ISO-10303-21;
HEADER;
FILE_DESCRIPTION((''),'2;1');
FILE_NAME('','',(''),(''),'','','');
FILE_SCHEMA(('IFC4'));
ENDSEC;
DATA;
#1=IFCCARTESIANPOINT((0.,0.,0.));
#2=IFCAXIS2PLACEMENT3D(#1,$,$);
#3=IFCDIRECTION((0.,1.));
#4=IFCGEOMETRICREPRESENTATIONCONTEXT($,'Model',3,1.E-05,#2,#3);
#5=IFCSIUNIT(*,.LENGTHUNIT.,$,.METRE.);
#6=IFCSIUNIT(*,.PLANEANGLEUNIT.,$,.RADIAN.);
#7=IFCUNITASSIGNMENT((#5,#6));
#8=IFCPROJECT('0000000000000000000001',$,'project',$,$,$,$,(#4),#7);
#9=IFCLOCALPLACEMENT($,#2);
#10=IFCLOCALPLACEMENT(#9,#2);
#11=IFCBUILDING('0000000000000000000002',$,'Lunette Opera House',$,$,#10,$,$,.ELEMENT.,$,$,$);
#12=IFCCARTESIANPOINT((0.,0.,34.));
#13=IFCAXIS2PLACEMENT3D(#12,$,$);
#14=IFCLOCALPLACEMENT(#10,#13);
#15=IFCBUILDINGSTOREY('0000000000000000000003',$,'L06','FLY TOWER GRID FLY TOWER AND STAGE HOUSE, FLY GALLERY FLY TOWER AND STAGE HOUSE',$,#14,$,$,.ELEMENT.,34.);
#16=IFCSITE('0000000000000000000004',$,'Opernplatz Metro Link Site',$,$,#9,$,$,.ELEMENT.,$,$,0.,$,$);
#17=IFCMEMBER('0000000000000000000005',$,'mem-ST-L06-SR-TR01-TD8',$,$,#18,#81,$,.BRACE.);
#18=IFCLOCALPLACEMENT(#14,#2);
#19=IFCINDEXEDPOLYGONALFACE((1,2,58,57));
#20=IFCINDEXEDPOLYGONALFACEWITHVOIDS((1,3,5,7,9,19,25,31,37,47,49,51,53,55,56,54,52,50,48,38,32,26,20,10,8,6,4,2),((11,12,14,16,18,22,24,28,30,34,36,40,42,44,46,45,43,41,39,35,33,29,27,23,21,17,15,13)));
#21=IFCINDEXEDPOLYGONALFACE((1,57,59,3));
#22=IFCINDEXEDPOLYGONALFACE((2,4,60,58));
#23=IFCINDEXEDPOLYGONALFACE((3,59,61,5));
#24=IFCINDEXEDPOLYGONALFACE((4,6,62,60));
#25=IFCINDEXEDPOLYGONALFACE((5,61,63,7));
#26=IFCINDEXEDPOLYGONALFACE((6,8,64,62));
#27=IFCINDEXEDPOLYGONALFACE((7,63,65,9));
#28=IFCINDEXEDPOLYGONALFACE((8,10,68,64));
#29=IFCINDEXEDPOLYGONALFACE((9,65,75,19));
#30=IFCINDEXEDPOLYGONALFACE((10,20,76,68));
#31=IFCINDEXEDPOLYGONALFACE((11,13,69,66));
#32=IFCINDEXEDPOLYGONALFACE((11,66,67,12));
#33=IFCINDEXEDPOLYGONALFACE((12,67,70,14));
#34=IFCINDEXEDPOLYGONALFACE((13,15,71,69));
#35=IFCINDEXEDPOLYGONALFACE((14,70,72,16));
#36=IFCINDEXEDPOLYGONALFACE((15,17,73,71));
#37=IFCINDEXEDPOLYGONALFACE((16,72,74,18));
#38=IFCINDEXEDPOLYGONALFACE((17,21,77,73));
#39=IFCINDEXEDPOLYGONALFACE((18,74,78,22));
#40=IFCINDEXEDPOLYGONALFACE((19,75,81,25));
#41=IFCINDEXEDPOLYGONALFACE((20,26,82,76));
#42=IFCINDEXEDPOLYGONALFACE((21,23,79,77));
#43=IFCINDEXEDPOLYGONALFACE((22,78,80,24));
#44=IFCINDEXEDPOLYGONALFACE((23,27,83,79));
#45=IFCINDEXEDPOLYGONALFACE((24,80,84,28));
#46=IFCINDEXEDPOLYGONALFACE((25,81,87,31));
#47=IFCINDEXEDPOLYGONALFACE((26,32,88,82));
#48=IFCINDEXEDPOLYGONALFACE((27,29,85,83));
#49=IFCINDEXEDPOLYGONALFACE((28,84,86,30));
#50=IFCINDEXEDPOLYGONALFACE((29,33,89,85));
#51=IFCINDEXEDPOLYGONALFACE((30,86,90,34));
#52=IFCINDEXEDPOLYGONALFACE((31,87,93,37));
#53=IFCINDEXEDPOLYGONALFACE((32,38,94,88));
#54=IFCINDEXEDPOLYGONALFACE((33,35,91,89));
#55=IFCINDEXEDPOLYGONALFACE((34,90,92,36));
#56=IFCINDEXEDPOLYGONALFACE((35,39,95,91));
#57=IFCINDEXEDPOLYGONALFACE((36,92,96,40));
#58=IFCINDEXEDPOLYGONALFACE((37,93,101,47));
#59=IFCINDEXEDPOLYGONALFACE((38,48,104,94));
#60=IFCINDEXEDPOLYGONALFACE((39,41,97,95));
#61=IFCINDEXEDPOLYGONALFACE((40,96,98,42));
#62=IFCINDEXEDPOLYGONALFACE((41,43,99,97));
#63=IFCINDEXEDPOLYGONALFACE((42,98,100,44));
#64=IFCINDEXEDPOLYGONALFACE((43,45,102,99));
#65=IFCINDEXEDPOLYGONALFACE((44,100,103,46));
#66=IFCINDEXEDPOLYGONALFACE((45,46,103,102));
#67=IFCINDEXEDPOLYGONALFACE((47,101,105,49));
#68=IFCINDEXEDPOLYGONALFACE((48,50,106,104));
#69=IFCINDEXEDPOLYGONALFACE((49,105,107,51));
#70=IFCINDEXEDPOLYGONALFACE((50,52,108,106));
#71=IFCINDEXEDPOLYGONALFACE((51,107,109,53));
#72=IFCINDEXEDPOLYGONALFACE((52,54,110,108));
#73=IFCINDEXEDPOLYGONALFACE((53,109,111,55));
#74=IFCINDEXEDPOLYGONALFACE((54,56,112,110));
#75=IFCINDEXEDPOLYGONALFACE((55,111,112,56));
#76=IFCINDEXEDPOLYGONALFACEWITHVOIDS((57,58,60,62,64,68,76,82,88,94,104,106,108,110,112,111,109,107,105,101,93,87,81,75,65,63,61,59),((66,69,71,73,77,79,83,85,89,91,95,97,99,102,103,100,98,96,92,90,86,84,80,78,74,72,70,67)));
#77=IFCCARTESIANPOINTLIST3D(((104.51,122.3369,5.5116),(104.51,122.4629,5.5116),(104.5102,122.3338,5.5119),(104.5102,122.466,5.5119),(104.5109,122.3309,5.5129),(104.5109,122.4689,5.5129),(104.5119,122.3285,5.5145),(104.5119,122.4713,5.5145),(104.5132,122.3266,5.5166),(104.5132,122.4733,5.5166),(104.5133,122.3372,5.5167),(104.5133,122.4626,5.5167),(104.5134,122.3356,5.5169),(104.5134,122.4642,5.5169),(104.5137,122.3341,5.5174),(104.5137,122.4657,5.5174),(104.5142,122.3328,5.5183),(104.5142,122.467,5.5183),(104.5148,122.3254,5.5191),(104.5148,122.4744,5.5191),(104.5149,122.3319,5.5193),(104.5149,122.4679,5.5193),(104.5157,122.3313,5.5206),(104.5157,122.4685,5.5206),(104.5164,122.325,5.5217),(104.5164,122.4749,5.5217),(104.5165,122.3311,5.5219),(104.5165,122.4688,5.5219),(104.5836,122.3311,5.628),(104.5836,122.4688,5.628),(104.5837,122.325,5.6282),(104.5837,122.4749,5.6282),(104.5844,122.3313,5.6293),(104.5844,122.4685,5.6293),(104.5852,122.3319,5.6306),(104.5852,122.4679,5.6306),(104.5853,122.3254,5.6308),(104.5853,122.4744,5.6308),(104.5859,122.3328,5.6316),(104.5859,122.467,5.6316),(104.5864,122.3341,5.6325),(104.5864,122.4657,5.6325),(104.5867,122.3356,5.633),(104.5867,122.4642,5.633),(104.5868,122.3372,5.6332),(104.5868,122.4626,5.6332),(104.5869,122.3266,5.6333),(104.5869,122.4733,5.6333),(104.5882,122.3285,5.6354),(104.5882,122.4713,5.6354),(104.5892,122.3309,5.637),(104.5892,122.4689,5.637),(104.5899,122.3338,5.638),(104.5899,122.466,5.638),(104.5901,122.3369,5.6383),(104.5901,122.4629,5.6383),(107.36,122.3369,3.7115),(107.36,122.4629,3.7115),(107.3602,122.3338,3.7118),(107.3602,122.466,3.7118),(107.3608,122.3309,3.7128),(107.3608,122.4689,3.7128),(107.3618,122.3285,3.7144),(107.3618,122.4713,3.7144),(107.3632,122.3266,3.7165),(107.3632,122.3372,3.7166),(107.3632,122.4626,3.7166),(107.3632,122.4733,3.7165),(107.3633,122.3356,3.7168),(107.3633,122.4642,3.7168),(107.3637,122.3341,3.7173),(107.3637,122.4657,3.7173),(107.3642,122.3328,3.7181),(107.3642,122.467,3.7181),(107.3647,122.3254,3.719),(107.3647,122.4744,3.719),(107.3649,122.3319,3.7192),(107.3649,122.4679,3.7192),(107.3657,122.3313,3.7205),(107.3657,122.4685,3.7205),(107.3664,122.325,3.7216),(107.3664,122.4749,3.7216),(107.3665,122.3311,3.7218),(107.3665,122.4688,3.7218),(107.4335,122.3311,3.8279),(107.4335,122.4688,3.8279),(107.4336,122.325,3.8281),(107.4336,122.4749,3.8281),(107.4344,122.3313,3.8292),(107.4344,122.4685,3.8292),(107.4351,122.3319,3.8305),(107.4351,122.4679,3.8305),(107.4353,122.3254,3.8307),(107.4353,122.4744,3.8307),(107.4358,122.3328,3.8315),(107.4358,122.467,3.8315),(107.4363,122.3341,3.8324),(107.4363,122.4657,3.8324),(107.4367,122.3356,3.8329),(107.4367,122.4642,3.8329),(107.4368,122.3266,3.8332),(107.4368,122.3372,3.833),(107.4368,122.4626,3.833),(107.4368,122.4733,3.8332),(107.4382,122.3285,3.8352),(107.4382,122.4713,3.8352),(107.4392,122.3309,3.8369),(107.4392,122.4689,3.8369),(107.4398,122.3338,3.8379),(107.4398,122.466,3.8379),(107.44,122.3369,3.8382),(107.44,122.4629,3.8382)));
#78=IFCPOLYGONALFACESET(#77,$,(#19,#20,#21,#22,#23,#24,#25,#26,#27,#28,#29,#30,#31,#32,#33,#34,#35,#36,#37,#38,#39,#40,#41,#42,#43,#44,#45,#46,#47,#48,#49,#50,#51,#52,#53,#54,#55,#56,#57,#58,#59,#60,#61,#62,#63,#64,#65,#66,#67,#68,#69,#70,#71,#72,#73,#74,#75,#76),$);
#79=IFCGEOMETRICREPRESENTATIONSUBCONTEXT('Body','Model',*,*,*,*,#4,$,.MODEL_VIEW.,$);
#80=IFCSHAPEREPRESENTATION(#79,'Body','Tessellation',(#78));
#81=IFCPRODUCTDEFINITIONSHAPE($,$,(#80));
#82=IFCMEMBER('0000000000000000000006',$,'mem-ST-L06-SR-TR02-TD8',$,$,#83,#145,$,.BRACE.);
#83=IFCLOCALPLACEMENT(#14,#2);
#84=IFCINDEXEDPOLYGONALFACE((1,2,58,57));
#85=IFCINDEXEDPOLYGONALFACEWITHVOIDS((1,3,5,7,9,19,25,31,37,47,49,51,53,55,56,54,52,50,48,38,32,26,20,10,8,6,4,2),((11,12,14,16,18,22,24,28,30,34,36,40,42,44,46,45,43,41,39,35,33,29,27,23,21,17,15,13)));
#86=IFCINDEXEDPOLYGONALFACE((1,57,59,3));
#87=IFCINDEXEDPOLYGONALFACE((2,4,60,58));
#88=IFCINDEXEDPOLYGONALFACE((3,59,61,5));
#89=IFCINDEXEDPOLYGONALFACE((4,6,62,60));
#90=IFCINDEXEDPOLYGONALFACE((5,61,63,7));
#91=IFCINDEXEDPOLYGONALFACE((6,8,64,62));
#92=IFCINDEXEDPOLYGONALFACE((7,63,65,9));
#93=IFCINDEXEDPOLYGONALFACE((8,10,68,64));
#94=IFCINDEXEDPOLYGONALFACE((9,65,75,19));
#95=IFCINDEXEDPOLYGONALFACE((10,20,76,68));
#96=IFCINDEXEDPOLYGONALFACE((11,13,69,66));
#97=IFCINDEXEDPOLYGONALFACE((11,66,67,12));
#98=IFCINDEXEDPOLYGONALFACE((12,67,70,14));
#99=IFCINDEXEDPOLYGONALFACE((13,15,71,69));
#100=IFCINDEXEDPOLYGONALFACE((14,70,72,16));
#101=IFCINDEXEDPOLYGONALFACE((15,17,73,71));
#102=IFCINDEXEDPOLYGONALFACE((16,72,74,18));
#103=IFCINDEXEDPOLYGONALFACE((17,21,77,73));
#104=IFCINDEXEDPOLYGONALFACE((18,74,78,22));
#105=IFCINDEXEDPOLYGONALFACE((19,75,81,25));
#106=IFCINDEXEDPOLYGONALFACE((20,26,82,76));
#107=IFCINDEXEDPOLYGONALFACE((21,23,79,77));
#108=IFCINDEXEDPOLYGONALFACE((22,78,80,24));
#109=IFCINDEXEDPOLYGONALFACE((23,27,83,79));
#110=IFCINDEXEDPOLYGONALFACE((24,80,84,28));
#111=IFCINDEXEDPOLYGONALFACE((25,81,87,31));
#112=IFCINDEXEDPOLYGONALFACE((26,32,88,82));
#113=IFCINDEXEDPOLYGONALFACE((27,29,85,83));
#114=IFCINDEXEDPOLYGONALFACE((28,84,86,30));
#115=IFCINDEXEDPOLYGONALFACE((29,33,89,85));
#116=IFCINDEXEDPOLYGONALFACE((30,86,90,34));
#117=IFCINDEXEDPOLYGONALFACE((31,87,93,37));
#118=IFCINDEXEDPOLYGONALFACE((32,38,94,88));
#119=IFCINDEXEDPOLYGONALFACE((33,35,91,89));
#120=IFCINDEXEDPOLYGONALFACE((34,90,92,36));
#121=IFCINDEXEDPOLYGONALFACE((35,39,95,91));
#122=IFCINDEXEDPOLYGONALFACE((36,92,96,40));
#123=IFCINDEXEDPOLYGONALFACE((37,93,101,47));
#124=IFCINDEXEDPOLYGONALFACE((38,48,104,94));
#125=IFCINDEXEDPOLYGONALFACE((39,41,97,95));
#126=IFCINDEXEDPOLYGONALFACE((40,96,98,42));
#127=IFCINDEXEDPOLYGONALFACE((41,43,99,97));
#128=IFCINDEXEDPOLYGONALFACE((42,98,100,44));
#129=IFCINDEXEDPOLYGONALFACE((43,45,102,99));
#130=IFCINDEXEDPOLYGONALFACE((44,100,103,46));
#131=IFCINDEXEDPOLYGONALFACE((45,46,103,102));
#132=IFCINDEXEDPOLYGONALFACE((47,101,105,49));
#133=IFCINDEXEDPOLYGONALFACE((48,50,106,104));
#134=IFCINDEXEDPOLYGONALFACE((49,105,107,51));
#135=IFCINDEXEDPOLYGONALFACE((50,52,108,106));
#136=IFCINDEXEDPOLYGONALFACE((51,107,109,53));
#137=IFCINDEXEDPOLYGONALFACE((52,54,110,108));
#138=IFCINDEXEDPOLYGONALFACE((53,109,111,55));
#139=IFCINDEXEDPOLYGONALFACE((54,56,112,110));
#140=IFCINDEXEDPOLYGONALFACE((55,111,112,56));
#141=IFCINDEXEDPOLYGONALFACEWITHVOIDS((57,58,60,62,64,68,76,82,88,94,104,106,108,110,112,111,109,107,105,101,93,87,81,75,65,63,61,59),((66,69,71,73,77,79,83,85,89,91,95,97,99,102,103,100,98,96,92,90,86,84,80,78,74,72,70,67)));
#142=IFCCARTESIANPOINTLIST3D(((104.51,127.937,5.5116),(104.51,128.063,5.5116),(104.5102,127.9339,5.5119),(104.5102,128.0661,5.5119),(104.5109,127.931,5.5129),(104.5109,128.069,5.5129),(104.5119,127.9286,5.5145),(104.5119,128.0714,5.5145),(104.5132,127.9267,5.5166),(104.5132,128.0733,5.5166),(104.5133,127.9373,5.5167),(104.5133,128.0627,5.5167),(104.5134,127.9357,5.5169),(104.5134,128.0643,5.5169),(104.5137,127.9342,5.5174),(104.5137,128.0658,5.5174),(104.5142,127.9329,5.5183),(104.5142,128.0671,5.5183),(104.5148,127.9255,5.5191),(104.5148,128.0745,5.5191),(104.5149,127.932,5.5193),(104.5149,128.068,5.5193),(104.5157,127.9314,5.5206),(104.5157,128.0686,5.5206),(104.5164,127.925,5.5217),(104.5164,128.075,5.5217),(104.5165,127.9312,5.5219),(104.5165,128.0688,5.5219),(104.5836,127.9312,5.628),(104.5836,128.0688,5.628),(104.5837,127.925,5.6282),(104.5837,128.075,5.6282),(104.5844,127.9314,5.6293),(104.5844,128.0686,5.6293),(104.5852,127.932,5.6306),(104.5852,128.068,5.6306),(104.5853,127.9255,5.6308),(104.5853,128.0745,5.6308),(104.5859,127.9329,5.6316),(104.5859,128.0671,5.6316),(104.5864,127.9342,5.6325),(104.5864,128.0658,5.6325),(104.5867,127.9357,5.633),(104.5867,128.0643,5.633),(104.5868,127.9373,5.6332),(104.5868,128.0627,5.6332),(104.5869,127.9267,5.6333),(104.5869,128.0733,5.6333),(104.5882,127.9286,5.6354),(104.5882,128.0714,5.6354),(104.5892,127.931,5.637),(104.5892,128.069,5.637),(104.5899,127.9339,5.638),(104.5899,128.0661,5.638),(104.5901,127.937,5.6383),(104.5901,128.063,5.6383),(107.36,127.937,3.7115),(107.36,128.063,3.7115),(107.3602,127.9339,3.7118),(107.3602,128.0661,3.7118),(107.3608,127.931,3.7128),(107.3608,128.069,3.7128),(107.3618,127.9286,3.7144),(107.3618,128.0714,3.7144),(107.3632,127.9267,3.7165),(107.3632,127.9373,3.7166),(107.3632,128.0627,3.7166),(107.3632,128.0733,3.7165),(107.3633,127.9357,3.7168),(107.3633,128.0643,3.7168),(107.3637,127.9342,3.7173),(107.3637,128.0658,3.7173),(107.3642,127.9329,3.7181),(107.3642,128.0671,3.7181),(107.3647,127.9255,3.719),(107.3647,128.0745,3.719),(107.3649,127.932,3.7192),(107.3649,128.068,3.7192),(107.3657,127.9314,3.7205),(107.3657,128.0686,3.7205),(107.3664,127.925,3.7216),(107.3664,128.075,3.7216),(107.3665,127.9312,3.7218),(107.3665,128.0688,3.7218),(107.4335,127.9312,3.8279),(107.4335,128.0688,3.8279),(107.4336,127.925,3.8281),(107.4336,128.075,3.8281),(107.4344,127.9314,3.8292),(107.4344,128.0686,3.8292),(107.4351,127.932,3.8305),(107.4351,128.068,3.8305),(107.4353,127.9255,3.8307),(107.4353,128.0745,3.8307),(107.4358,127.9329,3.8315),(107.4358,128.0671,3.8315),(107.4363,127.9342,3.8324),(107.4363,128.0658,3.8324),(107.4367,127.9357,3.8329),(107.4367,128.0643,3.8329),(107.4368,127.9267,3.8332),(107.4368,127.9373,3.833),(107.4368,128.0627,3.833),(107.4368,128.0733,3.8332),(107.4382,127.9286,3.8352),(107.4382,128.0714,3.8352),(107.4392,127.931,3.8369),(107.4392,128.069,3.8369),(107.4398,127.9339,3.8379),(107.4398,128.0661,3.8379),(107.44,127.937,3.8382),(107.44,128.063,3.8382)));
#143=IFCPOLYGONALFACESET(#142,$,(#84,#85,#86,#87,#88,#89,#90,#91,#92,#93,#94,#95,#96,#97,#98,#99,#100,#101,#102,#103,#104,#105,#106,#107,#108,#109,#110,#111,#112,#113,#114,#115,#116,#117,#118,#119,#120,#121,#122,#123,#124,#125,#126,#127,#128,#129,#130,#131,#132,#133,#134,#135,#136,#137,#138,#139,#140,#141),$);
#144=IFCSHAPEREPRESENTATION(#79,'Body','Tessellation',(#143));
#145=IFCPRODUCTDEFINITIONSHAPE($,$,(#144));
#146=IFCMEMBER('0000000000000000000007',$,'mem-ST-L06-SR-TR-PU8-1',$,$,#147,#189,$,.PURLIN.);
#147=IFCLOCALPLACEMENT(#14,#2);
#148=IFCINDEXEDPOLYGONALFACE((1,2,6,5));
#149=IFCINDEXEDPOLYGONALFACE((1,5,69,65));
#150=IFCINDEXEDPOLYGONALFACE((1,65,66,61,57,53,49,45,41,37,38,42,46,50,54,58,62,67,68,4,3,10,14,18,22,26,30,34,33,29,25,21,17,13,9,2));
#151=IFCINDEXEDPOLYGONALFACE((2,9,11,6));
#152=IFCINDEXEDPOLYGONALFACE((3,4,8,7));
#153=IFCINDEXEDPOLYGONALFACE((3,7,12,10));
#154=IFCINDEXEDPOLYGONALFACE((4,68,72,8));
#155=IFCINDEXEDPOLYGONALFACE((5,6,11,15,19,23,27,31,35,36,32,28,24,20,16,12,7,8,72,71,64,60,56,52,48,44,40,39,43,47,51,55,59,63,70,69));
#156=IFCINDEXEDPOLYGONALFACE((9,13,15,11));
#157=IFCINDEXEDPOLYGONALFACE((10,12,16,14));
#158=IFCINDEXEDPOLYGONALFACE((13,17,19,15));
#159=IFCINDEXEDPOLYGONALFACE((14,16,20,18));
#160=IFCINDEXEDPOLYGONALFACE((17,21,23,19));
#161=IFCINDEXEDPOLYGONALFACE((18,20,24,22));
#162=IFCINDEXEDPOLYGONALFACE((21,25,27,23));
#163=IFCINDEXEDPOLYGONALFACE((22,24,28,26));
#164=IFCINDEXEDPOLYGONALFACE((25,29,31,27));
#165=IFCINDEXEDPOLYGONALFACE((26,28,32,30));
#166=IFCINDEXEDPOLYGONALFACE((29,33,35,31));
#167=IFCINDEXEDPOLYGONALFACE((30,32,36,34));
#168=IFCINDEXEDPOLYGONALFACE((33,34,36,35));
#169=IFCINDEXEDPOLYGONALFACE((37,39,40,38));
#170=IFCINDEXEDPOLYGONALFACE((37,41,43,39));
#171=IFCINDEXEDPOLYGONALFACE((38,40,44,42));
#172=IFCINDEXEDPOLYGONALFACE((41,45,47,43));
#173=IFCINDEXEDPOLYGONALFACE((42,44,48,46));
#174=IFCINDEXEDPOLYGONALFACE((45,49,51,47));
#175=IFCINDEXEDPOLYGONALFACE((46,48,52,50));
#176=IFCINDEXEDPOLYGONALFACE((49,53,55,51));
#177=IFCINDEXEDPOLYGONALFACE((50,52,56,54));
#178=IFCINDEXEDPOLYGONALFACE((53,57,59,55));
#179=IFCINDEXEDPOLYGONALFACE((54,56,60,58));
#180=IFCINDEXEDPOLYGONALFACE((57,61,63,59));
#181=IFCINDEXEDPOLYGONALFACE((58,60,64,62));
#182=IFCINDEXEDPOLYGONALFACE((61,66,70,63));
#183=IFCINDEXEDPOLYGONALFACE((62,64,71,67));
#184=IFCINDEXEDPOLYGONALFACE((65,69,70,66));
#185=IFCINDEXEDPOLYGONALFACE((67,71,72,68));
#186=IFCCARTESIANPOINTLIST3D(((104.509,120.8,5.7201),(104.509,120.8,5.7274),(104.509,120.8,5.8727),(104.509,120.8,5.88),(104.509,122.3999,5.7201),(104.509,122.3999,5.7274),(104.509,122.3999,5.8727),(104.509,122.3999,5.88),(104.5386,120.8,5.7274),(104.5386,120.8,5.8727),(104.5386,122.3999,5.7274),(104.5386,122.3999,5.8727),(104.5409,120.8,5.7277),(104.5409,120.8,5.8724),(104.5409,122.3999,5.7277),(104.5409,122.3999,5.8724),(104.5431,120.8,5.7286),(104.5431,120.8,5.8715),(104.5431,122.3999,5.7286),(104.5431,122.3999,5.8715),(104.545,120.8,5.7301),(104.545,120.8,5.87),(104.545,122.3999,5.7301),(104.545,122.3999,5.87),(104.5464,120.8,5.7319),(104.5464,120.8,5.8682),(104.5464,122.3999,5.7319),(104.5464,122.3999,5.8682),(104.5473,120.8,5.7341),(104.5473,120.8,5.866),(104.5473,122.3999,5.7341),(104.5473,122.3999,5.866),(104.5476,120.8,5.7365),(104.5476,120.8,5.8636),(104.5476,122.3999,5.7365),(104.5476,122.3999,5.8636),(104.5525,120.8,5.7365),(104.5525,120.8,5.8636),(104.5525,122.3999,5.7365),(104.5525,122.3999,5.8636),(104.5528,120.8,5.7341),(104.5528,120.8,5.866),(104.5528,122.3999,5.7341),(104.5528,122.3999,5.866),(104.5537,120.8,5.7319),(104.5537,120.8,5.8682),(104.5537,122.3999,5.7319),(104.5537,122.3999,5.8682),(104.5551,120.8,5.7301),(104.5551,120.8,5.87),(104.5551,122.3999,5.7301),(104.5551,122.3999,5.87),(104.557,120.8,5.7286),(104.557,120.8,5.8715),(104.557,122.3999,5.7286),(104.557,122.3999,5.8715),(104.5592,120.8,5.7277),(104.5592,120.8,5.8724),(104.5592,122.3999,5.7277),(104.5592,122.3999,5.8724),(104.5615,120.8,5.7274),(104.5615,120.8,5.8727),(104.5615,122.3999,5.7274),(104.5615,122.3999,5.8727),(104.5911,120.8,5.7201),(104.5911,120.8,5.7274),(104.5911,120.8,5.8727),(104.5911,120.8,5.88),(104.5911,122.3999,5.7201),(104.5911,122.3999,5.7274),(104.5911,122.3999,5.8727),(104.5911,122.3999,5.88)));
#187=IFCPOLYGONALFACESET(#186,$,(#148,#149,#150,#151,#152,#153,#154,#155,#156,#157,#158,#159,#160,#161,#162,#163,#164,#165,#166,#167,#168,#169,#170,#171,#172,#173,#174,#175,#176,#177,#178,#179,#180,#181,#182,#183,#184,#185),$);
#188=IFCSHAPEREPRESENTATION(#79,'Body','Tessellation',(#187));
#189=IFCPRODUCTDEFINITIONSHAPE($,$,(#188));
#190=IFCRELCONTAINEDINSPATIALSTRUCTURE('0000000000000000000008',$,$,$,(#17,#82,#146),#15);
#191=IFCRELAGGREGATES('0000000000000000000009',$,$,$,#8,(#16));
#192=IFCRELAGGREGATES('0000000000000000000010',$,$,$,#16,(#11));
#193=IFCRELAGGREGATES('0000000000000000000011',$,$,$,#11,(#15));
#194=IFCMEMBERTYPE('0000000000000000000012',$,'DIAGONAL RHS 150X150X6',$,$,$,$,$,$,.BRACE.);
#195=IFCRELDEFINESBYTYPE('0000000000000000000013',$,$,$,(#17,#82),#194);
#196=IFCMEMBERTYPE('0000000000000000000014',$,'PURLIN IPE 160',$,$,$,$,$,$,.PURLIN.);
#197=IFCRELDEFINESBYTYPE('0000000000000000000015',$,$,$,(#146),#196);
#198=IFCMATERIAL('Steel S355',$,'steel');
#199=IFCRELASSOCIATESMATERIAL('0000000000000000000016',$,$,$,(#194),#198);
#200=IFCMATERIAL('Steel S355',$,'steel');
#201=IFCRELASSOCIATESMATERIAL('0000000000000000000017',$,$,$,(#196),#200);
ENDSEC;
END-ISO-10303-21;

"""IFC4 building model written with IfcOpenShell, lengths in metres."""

from ifc_helpers import new_model, si_unit, direction, frame, origin, origin_2d, place, context, subcontext, project, spatial, hollow_rectangle, i_section, extrude, material, material_profile, profile_set, type_object, element, save


model = new_model("IFC4")

# Units and contexts
model_context = context("Model", 3, precision=1e-05, world=origin(), true_north=direction((0.0, 1.0)))
body_context = subcontext(model_context, "Body", "Model", "MODEL_VIEW")
ifc_project = project(units=[si_unit("LENGTHUNIT", "METRE"), si_unit("PLANEANGLEUNIT", "RADIAN")], contexts=[model_context])

# Site, building, storey
site_placement = place(None, origin())
site = spatial("IfcSite", under=ifc_project, at=site_placement, Name="Opernplatz Metro Link Site", CompositionType="ELEMENT", RefElevation=0.0)
building_placement = place(site_placement, origin())
building = spatial("IfcBuilding", under=site, at=building_placement, Name="Lunette Opera House", CompositionType="ELEMENT")
storey_placement = place(building_placement, frame((0.0, 0.0, 34.0)))
storey = spatial("IfcBuildingStorey", under=building, at=storey_placement, Name="L06", Description="FLY TOWER GRID FLY TOWER AND STAGE HOUSE, FLY GALLERY FLY TOWER AND STAGE HOUSE", CompositionType="ELEMENT", Elevation=34.0)

# Members
ifc_material_1 = material(Name="Steel S355", Category="steel")
ifc_material_profile_1 = material_profile(ifc_material_1, hollow_rectangle(XDim=0.1499, YDim=0.1499, WallThickness=0.0061, InnerFilletRadius=0.0061, OuterFilletRadius=0.012, at=origin_2d()), Name="RHS 150X150X6")
ifc_profile_set_1 = profile_set([ifc_material_profile_1], Name="Steel S355")
member_type_1 = type_object("IfcMemberType", Name="DIAGONAL RHS 150X150X6", PredefinedType="BRACE", material=ifc_profile_set_1)
for number, where, z_axis, x_axis, name in (
    (1, (104.55, 122.3999, 5.575), (0.84547, 0.0, -0.534023), (0.0, 1.0, 0.0), "mem-ST-L06-SR-TR01-TD8"),
    (2, (104.55, 128.0, 5.575), (0.84547, 0.0, -0.534023), (0.0, 1.0, 0.0), "mem-ST-L06-SR-TR02-TD8"),
):
    element("IfcMember", number, at=place(storey_placement, frame(where, z_axis=z_axis, x_axis=x_axis)), inside=storey, type_object=member_type_1, Name=name, PredefinedType="BRACE", context=body_context, shape_type="SweptSolid", body=[
        extrude(hollow_rectangle(XDim=0.1499, YDim=0.1499, WallThickness=0.0061, InnerFilletRadius=0.0061, OuterFilletRadius=0.012, at=origin_2d()), origin(), (0.0, 0.0, 1.0), 3.3708),
    ])
ifc_material_2 = material(Name="Steel S355", Category="steel")
ifc_material_profile_2 = material_profile(ifc_material_2, i_section(OverallWidth=0.082, OverallDepth=0.1599, WebThickness=0.0049, FlangeThickness=0.0073, FilletRadius=0.009, at=origin_2d()), Name="IPE 160")
ifc_profile_set_2 = profile_set([ifc_material_profile_2], Name="Steel S355")
member_type_2 = type_object("IfcMemberType", Name="PURLIN IPE 160", PredefinedType="PURLIN", material=ifc_profile_set_2)
member_1_placement = place(storey_placement, frame((104.55, 120.8, 5.8), z_axis=(0.0, 1.0, 0.0), x_axis=(-1.0, 0.0, 0.0)))
element("IfcMember", 3, at=member_1_placement, inside=storey, type_object=member_type_2, Name="mem-ST-L06-SR-TR-PU8-1", PredefinedType="PURLIN", context=body_context, shape_type="SweptSolid", body=[
    extrude(i_section(OverallWidth=0.082, OverallDepth=0.1599, WebThickness=0.0049, FlangeThickness=0.0073, FilletRadius=0.009, at=origin_2d()), origin(), (0.0, 0.0, 1.0), 1.5999),
])

save(model, "model.ifc")
